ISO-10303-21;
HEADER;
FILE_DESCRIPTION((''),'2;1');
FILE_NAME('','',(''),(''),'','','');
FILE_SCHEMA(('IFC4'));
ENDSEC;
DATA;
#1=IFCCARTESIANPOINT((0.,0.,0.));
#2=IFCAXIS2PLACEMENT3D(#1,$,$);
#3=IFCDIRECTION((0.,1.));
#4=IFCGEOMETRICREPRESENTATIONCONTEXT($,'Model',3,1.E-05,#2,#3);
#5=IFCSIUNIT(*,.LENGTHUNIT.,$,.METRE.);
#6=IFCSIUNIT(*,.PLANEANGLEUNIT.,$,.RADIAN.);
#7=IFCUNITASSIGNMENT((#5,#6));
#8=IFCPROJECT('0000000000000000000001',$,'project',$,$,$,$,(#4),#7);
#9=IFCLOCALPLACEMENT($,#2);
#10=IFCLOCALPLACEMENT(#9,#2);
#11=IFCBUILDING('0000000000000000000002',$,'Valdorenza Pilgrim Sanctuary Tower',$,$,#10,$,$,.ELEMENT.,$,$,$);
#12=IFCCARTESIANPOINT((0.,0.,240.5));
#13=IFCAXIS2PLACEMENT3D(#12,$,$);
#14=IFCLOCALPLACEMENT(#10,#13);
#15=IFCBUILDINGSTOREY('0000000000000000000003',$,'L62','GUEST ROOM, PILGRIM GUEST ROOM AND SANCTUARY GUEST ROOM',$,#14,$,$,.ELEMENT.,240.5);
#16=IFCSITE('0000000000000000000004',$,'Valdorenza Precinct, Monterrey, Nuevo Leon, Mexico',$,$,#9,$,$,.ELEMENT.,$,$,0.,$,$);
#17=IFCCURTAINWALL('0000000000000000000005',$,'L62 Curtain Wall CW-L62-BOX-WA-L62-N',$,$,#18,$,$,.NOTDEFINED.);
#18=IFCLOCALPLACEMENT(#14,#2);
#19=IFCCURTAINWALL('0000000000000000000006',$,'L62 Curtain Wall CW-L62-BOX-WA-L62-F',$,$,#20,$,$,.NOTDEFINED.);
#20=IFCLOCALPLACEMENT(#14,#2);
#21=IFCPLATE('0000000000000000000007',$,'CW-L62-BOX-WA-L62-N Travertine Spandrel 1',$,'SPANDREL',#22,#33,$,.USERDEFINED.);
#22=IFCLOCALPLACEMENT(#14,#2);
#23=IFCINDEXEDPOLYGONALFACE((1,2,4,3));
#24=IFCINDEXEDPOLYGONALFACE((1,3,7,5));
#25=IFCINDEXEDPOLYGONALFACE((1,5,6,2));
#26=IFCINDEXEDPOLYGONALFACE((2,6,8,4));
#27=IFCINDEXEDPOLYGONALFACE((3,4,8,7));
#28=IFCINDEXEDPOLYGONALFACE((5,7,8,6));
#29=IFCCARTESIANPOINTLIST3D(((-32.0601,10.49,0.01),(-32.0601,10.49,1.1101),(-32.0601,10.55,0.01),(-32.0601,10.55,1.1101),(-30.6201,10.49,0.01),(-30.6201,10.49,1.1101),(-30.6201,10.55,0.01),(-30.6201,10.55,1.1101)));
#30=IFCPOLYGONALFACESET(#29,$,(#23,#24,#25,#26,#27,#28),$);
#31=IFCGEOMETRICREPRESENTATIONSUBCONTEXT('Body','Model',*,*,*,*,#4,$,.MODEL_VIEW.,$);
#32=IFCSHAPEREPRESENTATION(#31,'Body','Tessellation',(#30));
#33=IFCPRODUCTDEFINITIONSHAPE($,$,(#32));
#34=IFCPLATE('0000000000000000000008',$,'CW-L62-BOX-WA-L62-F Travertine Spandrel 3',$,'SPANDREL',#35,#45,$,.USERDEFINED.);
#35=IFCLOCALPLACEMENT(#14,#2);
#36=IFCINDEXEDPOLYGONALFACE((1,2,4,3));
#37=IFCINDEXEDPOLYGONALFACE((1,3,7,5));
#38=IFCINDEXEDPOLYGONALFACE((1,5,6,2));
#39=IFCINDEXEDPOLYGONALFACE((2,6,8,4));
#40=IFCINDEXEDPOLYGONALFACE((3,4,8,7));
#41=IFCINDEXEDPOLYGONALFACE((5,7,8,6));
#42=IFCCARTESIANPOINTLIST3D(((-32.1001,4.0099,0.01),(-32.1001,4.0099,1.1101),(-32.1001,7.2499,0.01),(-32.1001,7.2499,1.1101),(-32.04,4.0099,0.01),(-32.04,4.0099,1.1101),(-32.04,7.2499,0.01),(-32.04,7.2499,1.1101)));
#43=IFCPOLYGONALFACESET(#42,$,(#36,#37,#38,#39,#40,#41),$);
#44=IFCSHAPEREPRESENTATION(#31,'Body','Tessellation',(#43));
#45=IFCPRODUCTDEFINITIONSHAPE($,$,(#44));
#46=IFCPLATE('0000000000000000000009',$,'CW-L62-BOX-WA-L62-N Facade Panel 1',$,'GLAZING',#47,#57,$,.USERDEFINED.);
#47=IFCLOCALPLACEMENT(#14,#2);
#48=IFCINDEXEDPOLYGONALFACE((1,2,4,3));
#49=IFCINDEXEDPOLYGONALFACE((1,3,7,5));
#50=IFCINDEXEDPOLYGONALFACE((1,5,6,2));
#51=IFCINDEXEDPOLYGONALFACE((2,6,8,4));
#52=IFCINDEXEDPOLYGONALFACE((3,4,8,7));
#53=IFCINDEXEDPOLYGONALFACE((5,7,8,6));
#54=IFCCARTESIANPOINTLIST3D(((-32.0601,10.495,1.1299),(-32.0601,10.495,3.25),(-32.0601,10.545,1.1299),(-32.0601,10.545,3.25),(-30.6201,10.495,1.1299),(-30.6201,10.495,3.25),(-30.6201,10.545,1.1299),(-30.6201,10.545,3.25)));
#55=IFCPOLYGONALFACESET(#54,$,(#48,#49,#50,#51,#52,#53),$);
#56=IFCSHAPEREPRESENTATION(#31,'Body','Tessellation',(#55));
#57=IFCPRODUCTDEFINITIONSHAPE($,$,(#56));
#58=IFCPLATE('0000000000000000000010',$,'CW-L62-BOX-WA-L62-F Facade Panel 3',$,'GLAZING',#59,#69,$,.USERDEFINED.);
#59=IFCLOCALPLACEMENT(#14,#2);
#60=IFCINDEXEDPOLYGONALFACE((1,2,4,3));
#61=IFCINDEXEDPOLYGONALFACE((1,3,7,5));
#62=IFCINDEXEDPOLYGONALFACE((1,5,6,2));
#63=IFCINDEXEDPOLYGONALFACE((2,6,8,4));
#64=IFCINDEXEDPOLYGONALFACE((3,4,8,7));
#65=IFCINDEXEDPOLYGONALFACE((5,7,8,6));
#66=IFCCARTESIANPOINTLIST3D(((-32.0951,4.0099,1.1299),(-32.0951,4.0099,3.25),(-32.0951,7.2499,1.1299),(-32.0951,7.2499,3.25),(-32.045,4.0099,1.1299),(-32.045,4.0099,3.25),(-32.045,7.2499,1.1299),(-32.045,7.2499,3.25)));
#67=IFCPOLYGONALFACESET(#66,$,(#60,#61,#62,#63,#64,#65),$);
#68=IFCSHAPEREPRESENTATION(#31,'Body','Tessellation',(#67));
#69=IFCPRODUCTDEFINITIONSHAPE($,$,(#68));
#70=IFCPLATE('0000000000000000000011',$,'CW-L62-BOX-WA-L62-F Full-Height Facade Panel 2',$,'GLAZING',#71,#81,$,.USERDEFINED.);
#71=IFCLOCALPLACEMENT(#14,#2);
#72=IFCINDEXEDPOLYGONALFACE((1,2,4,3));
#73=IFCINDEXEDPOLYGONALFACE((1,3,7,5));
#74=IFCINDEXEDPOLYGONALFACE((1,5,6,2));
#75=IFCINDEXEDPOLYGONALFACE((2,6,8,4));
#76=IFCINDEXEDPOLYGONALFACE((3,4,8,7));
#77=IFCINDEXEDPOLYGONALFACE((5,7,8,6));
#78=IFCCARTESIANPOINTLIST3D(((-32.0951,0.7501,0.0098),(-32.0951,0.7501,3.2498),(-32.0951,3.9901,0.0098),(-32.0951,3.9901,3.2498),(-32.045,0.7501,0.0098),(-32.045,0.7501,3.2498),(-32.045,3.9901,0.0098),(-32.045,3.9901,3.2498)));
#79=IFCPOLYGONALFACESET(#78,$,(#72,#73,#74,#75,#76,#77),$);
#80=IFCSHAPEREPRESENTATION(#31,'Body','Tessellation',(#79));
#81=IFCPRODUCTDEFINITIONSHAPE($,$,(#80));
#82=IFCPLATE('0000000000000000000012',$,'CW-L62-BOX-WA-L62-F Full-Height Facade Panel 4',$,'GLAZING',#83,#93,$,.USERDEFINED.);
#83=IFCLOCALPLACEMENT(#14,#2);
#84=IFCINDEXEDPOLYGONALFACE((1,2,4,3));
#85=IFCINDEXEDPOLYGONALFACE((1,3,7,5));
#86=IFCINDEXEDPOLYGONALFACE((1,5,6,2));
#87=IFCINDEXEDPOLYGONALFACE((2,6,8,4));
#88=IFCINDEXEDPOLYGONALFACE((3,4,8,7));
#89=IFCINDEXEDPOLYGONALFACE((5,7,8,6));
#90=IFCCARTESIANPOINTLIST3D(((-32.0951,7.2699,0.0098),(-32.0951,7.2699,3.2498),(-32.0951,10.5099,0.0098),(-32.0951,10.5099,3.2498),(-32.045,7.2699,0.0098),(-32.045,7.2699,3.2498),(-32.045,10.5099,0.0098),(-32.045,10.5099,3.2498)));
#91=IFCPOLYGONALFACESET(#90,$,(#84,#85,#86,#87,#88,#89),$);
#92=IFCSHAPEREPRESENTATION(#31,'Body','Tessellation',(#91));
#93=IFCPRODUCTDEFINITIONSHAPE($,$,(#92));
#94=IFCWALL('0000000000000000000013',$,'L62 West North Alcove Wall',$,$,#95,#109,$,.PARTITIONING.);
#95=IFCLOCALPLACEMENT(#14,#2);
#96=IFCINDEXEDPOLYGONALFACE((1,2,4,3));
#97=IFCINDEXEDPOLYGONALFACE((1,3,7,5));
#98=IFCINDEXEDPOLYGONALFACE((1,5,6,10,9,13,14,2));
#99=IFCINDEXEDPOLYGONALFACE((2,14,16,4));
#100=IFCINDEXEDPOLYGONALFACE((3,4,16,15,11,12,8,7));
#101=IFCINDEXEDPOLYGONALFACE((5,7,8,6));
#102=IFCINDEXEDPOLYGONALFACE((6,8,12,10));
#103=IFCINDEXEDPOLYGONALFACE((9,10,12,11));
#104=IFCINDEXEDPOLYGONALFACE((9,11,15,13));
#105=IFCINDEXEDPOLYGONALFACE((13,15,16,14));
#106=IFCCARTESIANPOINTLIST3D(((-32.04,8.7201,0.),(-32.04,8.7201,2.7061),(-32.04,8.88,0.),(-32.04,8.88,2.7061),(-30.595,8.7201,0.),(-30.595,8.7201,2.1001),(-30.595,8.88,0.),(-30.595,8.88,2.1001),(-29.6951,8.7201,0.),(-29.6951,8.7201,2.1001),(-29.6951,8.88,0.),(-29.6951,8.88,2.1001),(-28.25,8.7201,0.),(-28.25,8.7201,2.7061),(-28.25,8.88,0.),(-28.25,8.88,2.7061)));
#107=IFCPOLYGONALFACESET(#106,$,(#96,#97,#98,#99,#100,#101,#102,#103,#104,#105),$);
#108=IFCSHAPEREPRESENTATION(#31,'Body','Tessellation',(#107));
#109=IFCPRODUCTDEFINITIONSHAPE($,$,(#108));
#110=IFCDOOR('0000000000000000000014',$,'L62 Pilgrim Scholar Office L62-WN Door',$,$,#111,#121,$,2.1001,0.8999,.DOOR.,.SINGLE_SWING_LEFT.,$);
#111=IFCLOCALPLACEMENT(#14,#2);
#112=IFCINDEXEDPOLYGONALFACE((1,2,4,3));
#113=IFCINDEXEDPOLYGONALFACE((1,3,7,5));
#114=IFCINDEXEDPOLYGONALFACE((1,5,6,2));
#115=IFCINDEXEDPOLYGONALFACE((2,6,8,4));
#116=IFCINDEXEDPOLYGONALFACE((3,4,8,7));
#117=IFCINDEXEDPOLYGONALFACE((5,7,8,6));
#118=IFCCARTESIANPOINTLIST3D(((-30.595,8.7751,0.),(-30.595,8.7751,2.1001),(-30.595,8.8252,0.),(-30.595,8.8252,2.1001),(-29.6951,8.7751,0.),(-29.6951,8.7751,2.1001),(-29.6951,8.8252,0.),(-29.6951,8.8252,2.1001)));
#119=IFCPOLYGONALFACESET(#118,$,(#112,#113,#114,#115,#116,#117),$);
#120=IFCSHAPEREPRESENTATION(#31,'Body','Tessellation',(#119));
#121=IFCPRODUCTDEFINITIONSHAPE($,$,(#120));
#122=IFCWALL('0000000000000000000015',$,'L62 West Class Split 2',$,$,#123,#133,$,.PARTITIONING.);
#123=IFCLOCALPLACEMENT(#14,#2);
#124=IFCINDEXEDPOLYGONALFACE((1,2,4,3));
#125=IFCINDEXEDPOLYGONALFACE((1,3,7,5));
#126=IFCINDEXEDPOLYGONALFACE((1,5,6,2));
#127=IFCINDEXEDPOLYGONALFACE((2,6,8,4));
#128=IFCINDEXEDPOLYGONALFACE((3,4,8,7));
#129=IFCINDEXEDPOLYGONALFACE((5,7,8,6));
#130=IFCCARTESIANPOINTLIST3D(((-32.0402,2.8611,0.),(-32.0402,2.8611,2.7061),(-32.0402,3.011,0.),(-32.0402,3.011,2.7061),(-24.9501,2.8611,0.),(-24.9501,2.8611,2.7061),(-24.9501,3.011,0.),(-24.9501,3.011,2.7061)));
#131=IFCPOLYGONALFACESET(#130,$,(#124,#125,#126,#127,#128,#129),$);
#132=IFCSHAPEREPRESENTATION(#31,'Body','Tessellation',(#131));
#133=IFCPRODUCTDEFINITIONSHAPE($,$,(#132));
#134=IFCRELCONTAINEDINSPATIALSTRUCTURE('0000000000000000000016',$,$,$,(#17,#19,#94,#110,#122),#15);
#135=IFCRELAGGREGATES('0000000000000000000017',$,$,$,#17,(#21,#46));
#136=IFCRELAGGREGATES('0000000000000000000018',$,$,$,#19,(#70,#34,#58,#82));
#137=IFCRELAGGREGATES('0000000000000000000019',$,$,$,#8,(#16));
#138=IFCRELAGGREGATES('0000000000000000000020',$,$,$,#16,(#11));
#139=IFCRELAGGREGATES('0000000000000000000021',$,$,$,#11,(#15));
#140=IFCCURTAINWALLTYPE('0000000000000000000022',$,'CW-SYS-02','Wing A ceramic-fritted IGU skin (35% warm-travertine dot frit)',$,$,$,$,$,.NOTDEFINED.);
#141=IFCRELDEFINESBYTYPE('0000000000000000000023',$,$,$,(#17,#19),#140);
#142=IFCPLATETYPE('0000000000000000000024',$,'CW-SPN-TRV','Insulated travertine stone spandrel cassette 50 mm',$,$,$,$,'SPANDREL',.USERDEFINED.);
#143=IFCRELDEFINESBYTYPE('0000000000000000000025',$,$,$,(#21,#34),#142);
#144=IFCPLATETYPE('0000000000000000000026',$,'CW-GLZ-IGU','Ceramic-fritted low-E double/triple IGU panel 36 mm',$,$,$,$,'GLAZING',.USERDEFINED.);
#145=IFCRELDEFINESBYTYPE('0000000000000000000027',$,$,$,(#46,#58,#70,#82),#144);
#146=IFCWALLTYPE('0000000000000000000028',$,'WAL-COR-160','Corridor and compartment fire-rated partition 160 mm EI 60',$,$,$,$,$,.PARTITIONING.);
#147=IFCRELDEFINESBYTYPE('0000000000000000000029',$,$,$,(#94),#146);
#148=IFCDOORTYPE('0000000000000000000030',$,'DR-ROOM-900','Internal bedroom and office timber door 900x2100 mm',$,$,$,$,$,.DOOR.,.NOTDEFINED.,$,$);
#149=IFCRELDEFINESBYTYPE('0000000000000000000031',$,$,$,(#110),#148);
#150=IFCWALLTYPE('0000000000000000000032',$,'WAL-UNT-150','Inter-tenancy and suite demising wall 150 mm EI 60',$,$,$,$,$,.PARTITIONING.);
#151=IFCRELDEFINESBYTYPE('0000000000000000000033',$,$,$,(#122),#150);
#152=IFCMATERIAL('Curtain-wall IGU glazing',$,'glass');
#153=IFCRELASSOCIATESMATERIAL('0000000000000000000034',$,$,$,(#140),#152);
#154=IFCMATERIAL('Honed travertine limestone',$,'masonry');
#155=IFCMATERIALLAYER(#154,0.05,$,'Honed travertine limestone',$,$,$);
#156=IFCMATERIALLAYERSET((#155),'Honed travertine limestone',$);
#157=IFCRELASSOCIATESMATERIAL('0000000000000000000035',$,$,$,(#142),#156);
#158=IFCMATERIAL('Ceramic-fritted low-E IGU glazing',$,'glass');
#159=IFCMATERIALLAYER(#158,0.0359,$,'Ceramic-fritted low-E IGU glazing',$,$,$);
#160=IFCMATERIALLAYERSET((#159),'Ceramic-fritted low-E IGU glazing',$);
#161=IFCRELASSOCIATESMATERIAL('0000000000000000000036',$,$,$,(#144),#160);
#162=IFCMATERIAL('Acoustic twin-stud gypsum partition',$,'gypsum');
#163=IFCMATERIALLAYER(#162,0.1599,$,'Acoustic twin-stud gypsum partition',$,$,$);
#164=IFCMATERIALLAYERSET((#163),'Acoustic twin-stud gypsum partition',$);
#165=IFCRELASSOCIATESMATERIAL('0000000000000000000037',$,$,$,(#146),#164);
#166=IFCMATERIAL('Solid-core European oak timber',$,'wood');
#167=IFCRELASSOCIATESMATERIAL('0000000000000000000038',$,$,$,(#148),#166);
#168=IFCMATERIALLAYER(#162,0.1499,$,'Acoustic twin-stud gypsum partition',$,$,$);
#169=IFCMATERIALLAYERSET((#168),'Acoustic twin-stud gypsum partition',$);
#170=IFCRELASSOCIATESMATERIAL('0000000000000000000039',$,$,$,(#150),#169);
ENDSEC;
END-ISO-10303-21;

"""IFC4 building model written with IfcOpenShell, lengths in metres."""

from ifc_helpers import new_model, si_unit, direction, frame, frame_2d, origin, origin_2d, place, context, subcontext, project, spatial, rectangle, extrude, source, transform, mapped, material, layer, layer_set, type_object, element, fill, aggregate, save


model = new_model("IFC4")

# Units and contexts
model_context = context("Model", 3, precision=1e-05, world=origin(), true_north=direction((0.0, 1.0)))
body_context = subcontext(model_context, "Body", "Model", "MODEL_VIEW")
ifc_project = project(units=[si_unit("LENGTHUNIT", "METRE"), si_unit("PLANEANGLEUNIT", "RADIAN")], contexts=[model_context])

# Site, building, storey
site_placement = place(None, origin())
site = spatial("IfcSite", under=ifc_project, at=site_placement, Name="Valdorenza Precinct, Monterrey, Nuevo Leon, Mexico", CompositionType="ELEMENT", RefElevation=0.0)
building_placement = place(site_placement, origin())
building = spatial("IfcBuilding", under=site, at=building_placement, Name="Valdorenza Pilgrim Sanctuary Tower", CompositionType="ELEMENT")
storey_placement = place(building_placement, frame((0.0, 0.0, 240.5)))
storey = spatial("IfcBuildingStorey", under=building, at=storey_placement, Name="L62", Description="GUEST ROOM, PILGRIM GUEST ROOM AND SANCTUARY GUEST ROOM", CompositionType="ELEMENT", Elevation=240.5)

# Curtain wall
ifc_material_1 = material(Name="Curtain-wall IGU glazing", Category="glass")
curtain_wall_type = type_object("IfcCurtainWallType", Name="CW-SYS-02", Description="Wing A ceramic-fritted IGU skin (35% warm-travertine dot frit)", PredefinedType="NOTDEFINED", material=ifc_material_1)
curtain_wall_1_placement = place(storey_placement, origin())
curtain_wall_1 = element("IfcCurtainWall", 1, at=curtain_wall_1_placement, inside=storey, type_object=curtain_wall_type, Name="L62 Curtain Wall CW-L62-BOX-WA-L62-N", PredefinedType="NOTDEFINED")

# Curtain wall
curtain_wall_2_placement = place(storey_placement, origin())
curtain_wall_2 = element("IfcCurtainWall", 2, at=curtain_wall_2_placement, inside=storey, type_object=curtain_wall_type, Name="L62 Curtain Wall CW-L62-BOX-WA-L62-F", PredefinedType="NOTDEFINED")

# Plates
ifc_material_2 = material(Name="Honed travertine limestone", Category="masonry")
ifc_layer_1 = layer(ifc_material_2, 0.05, Name="Honed travertine limestone")
ifc_layer_set_1 = layer_set([ifc_layer_1], Name="Honed travertine limestone")
plate_type_1 = type_object("IfcPlateType", Name="CW-SPN-TRV", Description="Insulated travertine stone spandrel cassette 50 mm", ElementType="SPANDREL", PredefinedType="USERDEFINED", material=ifc_layer_set_1)
shared_shape_1 = source(origin(), body_context, "Body", "SweptSolid", [
    extrude(rectangle(XDim=1.4399, YDim=0.0601, at=origin_2d()), origin(), (0.0, 0.0, 1.0), 1.1001),
])
plate_1_placement = place(storey_placement, frame((-31.3401, 10.52, 0.01), z_axis=(0.0, 0.0, 1.0), x_axis=(1.0, 0.0, 0.0)))
plate_1 = element("IfcPlate", 3, at=plate_1_placement, type_object=plate_type_1, Name="CW-L62-BOX-WA-L62-N Travertine Spandrel 1", ObjectType="SPANDREL", PredefinedType="USERDEFINED", context=body_context, shape_type="MappedRepresentation", body=[
    mapped(shared_shape_1, transform((0.0, 0.0, 0.0), x_axis=(1.0, 0.0, 0.0), y_axis=(0.0, 1.0, 0.0), z_axis=(0.0, 0.0, 1.0), scale=1.0)),
])
shared_shape_2 = source(origin(), body_context, "Body", "SweptSolid", [
    extrude(rectangle(XDim=3.24, YDim=0.0601, at=origin_2d()), origin(), (0.0, 0.0, 1.0), 1.1001),
])
plate_2_placement = place(storey_placement, frame((-32.0701, 5.6299, 0.01), z_axis=(0.0, 0.0, 1.0), x_axis=(0.0, 1.0, 0.0)))
plate_2 = element("IfcPlate", 4, at=plate_2_placement, type_object=plate_type_1, Name="CW-L62-BOX-WA-L62-F Travertine Spandrel 3", ObjectType="SPANDREL", PredefinedType="USERDEFINED", context=body_context, shape_type="MappedRepresentation", body=[
    mapped(shared_shape_2, transform((0.0, 0.0, 0.0), x_axis=(1.0, 0.0, 0.0), y_axis=(0.0, 1.0, 0.0), z_axis=(0.0, 0.0, 1.0), scale=1.0)),
])
ifc_material_3 = material(Name="Ceramic-fritted low-E IGU glazing", Category="glass")
ifc_layer_2 = layer(ifc_material_3, 0.0359, Name="Ceramic-fritted low-E IGU glazing")
ifc_layer_set_2 = layer_set([ifc_layer_2], Name="Ceramic-fritted low-E IGU glazing")
plate_type_2 = type_object("IfcPlateType", Name="CW-GLZ-IGU", Description="Ceramic-fritted low-E double/triple IGU panel 36 mm", ElementType="GLAZING", PredefinedType="USERDEFINED", material=ifc_layer_set_2)
shared_shape_3 = source(origin(), body_context, "Body", "SweptSolid", [
    extrude(rectangle(XDim=1.4399, YDim=0.05, at=origin_2d()), origin(), (0.0, 0.0, 1.0), 2.1201),
])
plate_3_placement = place(storey_placement, frame((-31.3401, 10.52, 1.1299), z_axis=(0.0, 0.0, 1.0), x_axis=(1.0, 0.0, 0.0)))
plate_3 = element("IfcPlate", 5, at=plate_3_placement, type_object=plate_type_2, Name="CW-L62-BOX-WA-L62-N Facade Panel 1", ObjectType="GLAZING", PredefinedType="USERDEFINED", context=body_context, shape_type="MappedRepresentation", body=[
    mapped(shared_shape_3, transform((0.0, 0.0, 0.0), x_axis=(1.0, 0.0, 0.0), y_axis=(0.0, 1.0, 0.0), z_axis=(0.0, 0.0, 1.0), scale=1.0)),
])
aggregate(curtain_wall_1, [plate_1, plate_3])
shared_shape_4 = source(origin(), body_context, "Body", "SweptSolid", [
    extrude(rectangle(XDim=3.24, YDim=0.05, at=origin_2d()), origin(), (0.0, 0.0, 1.0), 2.1201),
])
plate_4_placement = place(storey_placement, frame((-32.0701, 5.6299, 1.1299), z_axis=(0.0, 0.0, 1.0), x_axis=(0.0, 1.0, 0.0)))
plate_4 = element("IfcPlate", 6, at=plate_4_placement, type_object=plate_type_2, Name="CW-L62-BOX-WA-L62-F Facade Panel 3", ObjectType="GLAZING", PredefinedType="USERDEFINED", context=body_context, shape_type="MappedRepresentation", body=[
    mapped(shared_shape_4, transform((0.0, 0.0, 0.0), x_axis=(1.0, 0.0, 0.0), y_axis=(0.0, 1.0, 0.0), z_axis=(0.0, 0.0, 1.0), scale=1.0)),
])
shared_shape_5 = source(origin(), body_context, "Body", "SweptSolid", [
    extrude(rectangle(XDim=3.24, YDim=0.05, at=origin_2d()), origin(), (0.0, 0.0, 1.0), 3.24),
])
plate_5_placement = place(storey_placement, frame((-32.0701, 2.3701, 0.0098), z_axis=(0.0, 0.0, 1.0), x_axis=(0.0, 1.0, 0.0)))
plate_5 = element("IfcPlate", 7, at=plate_5_placement, type_object=plate_type_2, Name="CW-L62-BOX-WA-L62-F Full-Height Facade Panel 2", ObjectType="GLAZING", PredefinedType="USERDEFINED", context=body_context, shape_type="MappedRepresentation", body=[
    mapped(shared_shape_5, transform((0.0, 0.0, 0.0), x_axis=(1.0, 0.0, 0.0), y_axis=(0.0, 1.0, 0.0), z_axis=(0.0, 0.0, 1.0), scale=1.0)),
])
plate_6_placement = place(storey_placement, frame((-32.0701, 8.8899, 0.0098), z_axis=(0.0, 0.0, 1.0), x_axis=(0.0, 1.0, 0.0)))
plate_6 = element("IfcPlate", 8, at=plate_6_placement, type_object=plate_type_2, Name="CW-L62-BOX-WA-L62-F Full-Height Facade Panel 4", ObjectType="GLAZING", PredefinedType="USERDEFINED", context=body_context, shape_type="MappedRepresentation", body=[
    mapped(shared_shape_5, transform((0.0, 0.0, 0.0), x_axis=(1.0, 0.0, 0.0), y_axis=(0.0, 1.0, 0.0), z_axis=(0.0, 0.0, 1.0), scale=1.0)),
])
aggregate(curtain_wall_2, [plate_5, plate_2, plate_4, plate_6])

# Wall, opening, door
ifc_material_4 = material(Name="Acoustic twin-stud gypsum partition", Category="gypsum")
ifc_layer_3 = layer(ifc_material_4, 0.1599, Name="Acoustic twin-stud gypsum partition")
ifc_layer_set_3 = layer_set([ifc_layer_3], Name="Acoustic twin-stud gypsum partition")
wall_type_1 = type_object("IfcWallType", Name="WAL-COR-160", Description="Corridor and compartment fire-rated partition 160 mm EI 60", PredefinedType="PARTITIONING", material=ifc_layer_set_3)
wall_1_placement = place(storey_placement, frame((-32.04, 8.8, 0.0), z_axis=(0.0, 0.0, 1.0), x_axis=(1.0, 0.0, 0.0)))
wall_1 = element("IfcWall", 9, at=wall_1_placement, inside=storey, type_object=wall_type_1, Name="L62 West North Alcove Wall", PredefinedType="PARTITIONING", context=body_context, shape_type="SweptSolid", body=[
    extrude(rectangle(XDim=3.79, YDim=0.1599, at=frame_2d((1.895, 0.0))), origin(), (0.0, 0.0, 1.0), 2.7061),
])
opening_placement = place(wall_1_placement, frame((1.4451, 0.0, 0.0)))
opening = element("IfcOpeningElement", 10, at=opening_placement, cuts=wall_1, PredefinedType="OPENING", context=body_context, shape_type="SweptSolid", body=[
    extrude(rectangle(XDim=0.8999, YDim=2.1001, at=frame_2d((0.45, 1.05))), frame((0.0, 0.0947, 0.0), z_axis=(0.0, -1.0, 0.0), x_axis=(1.0, 0.0, 0.0)), (0.0, 0.0, 1.0), 0.1897),
])
ifc_material_5 = material(Name="Solid-core European oak timber", Category="wood")
door_type = type_object("IfcDoorType", Name="DR-ROOM-900", Description="Internal bedroom and office timber door 900x2100 mm", OperationType="NOTDEFINED", PredefinedType="DOOR", material=ifc_material_5)
door_placement = place(opening_placement, frame((0.8999, 0.0, 0.0), z_axis=(0.0, 0.0, 1.0), x_axis=(-1.0, 0.0, 0.0)))
door = element("IfcDoor", 11, at=door_placement, inside=storey, type_object=door_type, Name="L62 Pilgrim Scholar Office L62-WN Door", OperationType="SINGLE_SWING_LEFT", OverallHeight=2.1001, OverallWidth=0.8999, PredefinedType="DOOR", context=body_context, shape_type="SweptSolid", body=[
    extrude(rectangle(XDim=0.8999, YDim=2.1001, at=frame_2d((0.45, 1.05))), frame((0.0, 0.0249, 0.0), z_axis=(0.0, -1.0, 0.0), x_axis=(1.0, 0.0, 0.0)), (0.0, 0.0, 1.0), 0.05),
])
fill(opening, door)

# Wall
ifc_layer_4 = layer(ifc_material_4, 0.1499, Name="Acoustic twin-stud gypsum partition")
ifc_layer_set_4 = layer_set([ifc_layer_4], Name="Acoustic twin-stud gypsum partition")
wall_type_2 = type_object("IfcWallType", Name="WAL-UNT-150", Description="Inter-tenancy and suite demising wall 150 mm EI 60", PredefinedType="PARTITIONING", material=ifc_layer_set_4)
wall_2_placement = place(storey_placement, frame((-32.04, 2.936, 0.0), z_axis=(0.0, 0.0, 1.0), x_axis=(1.0, 0.0, 0.0)))
element("IfcWall", 12, at=wall_2_placement, inside=storey, type_object=wall_type_2, Name="L62 West Class Split 2", PredefinedType="PARTITIONING", context=body_context, shape_type="SweptSolid", body=[
    extrude(rectangle(XDim=7.0901, YDim=0.1499, at=frame_2d((3.5449, 0.0))), origin(), (0.0, 0.0, 1.0), 2.7061),
])

save(model, "model.ifc")
